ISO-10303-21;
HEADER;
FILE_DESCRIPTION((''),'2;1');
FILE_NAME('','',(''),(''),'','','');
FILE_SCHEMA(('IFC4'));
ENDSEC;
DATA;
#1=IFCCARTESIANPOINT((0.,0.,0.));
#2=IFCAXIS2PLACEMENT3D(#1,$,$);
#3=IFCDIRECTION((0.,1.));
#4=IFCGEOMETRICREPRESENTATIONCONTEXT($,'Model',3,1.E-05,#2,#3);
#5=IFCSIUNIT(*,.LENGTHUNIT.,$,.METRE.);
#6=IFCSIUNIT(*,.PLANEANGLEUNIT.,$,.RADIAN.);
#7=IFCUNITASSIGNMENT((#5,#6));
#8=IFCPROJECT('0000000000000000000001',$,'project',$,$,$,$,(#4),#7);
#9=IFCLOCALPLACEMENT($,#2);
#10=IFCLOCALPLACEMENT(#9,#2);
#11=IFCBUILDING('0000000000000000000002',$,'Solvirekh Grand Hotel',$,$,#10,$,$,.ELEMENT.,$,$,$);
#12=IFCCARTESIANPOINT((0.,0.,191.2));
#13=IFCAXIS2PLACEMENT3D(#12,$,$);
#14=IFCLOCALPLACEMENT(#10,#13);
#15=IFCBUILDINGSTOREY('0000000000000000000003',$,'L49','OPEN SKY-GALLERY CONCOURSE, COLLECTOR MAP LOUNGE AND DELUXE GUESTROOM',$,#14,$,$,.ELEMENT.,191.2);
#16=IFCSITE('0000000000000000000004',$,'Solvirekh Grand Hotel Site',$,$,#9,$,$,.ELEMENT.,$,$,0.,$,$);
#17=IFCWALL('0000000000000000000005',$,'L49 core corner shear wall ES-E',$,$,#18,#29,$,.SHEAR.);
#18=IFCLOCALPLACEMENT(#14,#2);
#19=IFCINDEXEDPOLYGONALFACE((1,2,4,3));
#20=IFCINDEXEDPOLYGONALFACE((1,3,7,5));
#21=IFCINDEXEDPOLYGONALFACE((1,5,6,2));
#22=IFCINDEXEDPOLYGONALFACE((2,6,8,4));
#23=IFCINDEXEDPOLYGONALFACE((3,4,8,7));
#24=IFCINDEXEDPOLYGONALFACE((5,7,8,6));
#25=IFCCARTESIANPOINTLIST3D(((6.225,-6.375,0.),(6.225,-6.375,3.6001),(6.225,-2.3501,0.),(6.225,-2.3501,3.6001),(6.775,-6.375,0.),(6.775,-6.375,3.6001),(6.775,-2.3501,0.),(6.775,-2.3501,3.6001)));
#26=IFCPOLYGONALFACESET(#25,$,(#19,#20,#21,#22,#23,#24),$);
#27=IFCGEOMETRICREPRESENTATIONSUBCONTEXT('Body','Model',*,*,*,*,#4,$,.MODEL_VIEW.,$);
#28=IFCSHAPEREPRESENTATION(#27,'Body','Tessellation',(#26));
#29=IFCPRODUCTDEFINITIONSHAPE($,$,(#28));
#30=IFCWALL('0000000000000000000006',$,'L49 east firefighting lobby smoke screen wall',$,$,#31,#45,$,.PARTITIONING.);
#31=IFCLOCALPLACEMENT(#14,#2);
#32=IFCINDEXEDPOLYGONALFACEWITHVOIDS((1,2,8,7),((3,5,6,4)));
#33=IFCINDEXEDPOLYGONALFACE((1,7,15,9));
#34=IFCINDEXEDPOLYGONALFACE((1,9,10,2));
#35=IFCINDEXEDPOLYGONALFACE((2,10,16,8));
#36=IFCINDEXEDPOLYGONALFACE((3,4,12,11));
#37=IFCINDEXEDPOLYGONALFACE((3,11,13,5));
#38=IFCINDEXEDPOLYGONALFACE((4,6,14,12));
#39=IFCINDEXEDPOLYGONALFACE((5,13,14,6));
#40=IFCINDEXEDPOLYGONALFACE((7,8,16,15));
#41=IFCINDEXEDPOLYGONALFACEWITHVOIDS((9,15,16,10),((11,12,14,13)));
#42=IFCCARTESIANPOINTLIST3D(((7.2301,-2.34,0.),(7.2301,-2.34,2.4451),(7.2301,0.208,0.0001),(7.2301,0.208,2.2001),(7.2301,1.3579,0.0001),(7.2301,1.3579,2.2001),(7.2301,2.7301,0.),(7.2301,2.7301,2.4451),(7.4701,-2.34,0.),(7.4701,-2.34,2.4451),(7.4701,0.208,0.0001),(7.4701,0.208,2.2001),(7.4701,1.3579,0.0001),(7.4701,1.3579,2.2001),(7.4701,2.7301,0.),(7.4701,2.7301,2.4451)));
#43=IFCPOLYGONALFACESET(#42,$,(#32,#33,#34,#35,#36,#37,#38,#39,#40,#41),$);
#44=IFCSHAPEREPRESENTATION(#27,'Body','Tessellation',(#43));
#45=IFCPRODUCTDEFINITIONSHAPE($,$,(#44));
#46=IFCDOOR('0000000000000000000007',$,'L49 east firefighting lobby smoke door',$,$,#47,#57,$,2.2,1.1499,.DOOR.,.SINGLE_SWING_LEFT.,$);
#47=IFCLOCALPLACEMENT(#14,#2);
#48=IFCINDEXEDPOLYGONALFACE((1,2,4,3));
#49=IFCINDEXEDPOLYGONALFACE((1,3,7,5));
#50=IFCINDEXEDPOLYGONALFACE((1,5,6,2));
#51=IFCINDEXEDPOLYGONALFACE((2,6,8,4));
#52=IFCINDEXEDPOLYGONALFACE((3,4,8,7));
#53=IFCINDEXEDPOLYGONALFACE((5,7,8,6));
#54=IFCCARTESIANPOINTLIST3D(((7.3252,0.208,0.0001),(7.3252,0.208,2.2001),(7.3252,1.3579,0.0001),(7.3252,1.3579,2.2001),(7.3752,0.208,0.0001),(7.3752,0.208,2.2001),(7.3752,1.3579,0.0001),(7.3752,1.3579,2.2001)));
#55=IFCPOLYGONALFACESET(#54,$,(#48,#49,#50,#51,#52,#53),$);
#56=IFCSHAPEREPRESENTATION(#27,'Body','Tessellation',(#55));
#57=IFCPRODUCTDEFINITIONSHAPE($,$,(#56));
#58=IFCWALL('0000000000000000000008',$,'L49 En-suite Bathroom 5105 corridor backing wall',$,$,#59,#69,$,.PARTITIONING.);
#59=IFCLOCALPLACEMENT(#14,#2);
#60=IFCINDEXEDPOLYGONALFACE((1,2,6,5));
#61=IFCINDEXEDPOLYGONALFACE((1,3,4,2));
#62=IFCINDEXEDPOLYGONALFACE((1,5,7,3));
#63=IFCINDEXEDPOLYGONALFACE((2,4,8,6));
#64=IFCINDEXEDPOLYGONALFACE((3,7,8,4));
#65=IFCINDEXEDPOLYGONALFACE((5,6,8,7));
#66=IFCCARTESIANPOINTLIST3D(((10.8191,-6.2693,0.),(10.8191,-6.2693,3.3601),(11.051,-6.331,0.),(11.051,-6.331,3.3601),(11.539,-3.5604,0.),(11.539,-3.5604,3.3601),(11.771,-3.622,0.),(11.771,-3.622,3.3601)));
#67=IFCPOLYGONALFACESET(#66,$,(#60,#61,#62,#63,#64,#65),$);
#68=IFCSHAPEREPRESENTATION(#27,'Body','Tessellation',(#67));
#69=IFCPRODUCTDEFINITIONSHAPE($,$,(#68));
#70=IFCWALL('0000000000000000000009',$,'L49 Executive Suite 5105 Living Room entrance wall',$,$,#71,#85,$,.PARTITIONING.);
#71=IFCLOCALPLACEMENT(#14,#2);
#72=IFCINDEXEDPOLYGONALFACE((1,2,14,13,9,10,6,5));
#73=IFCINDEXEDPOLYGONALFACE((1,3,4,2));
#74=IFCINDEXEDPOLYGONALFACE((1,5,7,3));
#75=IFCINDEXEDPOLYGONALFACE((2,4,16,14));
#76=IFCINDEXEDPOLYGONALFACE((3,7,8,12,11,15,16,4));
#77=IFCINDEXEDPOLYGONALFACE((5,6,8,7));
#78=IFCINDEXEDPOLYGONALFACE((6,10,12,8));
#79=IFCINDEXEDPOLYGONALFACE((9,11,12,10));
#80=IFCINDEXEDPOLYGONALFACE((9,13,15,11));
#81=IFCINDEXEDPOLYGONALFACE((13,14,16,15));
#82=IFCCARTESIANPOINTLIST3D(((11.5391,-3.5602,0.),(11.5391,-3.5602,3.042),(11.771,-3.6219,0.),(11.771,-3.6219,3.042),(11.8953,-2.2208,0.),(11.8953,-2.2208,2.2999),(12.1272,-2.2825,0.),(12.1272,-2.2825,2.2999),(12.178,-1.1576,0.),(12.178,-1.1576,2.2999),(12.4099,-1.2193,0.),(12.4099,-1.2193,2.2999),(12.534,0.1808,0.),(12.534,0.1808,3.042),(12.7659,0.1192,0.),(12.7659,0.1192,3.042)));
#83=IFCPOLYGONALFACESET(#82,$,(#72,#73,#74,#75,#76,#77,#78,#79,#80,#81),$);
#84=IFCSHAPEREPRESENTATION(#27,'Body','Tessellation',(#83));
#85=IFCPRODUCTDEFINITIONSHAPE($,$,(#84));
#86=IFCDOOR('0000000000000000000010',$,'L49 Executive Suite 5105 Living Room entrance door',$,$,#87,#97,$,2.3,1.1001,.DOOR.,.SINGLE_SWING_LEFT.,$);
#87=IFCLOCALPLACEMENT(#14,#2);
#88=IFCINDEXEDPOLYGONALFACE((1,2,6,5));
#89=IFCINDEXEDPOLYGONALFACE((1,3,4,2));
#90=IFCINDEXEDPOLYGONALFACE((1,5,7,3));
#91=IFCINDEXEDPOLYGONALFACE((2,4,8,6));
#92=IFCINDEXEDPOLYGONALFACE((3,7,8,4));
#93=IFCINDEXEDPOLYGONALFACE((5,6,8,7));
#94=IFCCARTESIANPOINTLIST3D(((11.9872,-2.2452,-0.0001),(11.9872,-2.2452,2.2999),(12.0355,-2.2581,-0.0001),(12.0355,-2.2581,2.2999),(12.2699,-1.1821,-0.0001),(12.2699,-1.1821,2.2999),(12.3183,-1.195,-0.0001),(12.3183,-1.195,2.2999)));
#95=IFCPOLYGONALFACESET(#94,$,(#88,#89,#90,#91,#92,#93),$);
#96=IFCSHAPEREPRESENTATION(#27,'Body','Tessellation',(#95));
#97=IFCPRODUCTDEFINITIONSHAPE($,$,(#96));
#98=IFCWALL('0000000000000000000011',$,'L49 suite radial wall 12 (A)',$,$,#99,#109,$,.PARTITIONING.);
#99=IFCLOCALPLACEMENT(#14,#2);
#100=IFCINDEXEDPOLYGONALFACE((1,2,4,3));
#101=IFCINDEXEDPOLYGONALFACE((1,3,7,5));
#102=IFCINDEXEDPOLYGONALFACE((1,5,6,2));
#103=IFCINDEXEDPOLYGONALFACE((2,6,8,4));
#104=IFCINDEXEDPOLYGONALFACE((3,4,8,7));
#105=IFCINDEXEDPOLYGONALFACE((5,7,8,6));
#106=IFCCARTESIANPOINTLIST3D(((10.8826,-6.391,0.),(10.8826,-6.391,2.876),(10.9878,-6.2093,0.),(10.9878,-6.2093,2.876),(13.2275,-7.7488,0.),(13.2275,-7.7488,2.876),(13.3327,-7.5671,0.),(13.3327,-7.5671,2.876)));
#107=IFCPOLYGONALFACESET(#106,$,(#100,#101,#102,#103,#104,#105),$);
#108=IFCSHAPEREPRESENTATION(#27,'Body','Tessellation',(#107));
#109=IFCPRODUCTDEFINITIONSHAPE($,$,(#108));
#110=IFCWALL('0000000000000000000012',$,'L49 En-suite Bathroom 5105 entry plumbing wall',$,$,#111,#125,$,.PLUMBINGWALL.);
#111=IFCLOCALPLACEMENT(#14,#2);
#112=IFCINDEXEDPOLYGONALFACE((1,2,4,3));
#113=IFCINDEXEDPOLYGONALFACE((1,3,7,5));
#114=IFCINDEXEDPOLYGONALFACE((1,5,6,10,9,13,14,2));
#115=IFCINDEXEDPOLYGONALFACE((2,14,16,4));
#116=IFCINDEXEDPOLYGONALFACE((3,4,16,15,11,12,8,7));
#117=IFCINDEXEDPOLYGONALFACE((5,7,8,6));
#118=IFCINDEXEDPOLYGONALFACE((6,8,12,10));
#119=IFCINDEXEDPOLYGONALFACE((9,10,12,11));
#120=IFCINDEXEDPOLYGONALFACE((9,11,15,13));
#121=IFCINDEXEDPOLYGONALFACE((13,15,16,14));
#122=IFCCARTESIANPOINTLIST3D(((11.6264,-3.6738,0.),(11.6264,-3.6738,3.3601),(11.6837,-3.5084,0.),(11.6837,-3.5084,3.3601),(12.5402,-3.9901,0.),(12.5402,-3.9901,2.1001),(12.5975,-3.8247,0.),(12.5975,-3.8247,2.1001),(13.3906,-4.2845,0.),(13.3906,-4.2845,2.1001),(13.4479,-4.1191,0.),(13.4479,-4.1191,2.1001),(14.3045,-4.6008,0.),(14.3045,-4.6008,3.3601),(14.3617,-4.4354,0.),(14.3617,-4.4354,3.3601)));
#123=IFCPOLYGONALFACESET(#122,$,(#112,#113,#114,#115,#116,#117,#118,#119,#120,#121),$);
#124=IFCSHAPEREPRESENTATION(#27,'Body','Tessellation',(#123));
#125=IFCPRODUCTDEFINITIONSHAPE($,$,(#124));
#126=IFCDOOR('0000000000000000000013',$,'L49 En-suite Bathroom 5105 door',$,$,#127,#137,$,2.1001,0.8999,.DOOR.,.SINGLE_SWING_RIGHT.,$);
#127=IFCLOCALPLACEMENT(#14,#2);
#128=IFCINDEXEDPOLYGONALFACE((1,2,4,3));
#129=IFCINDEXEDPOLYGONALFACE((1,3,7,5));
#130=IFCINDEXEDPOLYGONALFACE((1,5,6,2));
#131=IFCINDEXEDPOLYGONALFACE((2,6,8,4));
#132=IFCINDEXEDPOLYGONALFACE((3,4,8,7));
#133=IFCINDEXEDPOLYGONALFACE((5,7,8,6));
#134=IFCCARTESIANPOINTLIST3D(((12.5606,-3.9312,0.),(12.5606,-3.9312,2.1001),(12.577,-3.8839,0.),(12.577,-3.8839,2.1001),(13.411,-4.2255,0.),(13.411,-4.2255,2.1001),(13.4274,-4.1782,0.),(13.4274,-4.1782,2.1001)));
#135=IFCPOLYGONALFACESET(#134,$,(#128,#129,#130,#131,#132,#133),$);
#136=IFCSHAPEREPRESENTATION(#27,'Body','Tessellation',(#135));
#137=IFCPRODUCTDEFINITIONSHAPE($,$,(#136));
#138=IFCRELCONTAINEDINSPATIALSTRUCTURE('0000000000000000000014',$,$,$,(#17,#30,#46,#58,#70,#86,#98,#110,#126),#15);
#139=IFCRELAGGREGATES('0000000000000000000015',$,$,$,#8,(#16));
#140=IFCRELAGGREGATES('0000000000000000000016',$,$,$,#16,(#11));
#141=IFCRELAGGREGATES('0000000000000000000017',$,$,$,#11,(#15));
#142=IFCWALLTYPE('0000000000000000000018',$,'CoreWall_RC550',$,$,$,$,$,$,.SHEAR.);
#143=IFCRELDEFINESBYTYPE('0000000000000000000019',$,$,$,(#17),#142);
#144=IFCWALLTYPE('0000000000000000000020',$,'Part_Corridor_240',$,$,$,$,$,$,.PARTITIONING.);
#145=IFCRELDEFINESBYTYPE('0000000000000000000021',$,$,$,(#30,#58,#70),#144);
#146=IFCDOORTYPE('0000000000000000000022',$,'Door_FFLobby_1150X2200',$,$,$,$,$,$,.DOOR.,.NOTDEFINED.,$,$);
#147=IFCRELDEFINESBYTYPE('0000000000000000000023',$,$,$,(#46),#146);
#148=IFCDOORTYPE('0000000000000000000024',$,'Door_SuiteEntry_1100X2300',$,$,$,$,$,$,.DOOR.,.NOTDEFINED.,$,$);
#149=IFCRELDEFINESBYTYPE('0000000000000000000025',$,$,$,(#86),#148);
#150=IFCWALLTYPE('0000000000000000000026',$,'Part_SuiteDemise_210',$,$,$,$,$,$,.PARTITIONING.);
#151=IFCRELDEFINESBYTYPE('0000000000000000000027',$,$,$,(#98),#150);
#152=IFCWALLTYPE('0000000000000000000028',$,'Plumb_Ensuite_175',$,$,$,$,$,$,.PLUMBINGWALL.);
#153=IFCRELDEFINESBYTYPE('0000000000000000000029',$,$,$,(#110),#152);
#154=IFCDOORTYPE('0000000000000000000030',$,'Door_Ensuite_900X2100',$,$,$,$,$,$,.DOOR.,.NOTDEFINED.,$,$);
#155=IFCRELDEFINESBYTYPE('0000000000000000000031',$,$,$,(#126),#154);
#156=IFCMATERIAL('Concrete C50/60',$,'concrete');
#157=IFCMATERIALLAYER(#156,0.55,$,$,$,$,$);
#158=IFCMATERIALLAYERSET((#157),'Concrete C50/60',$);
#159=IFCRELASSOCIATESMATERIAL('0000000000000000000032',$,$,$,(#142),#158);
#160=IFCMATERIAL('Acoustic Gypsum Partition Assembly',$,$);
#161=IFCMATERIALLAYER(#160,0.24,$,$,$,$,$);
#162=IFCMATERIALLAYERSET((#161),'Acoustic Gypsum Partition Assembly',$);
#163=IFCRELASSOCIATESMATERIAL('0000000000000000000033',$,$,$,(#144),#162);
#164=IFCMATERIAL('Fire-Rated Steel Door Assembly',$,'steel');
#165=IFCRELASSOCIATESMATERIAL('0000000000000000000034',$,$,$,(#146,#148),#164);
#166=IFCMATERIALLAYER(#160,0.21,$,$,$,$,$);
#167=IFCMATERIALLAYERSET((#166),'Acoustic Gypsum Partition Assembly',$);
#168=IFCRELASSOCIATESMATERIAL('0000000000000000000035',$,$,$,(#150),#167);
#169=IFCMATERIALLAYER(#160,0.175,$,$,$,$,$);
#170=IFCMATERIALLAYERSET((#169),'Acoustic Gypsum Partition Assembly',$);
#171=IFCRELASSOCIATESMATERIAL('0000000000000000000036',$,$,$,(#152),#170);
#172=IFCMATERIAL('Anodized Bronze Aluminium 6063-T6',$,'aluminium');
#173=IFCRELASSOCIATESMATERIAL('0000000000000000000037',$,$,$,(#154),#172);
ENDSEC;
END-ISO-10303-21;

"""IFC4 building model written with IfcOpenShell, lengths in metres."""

from ifc_helpers import new_model, si_unit, direction, frame, frame_2d, origin, place, context, subcontext, project, spatial, rectangle, extrude, material, layer, layer_set, type_object, element, fill, save


model = new_model("IFC4")

# Units and contexts
model_context = context("Model", 3, precision=1e-05, world=origin(), true_north=direction((0.0, 1.0)))
body_context = subcontext(model_context, "Body", "Model", "MODEL_VIEW")
ifc_project = project(units=[si_unit("LENGTHUNIT", "METRE"), si_unit("PLANEANGLEUNIT", "RADIAN")], contexts=[model_context])

# Site, building, storey
site_placement = place(None, origin())
site = spatial("IfcSite", under=ifc_project, at=site_placement, Name="Solvirekh Grand Hotel Site", CompositionType="ELEMENT", RefElevation=0.0)
building_placement = place(site_placement, origin())
building = spatial("IfcBuilding", under=site, at=building_placement, Name="Solvirekh Grand Hotel", CompositionType="ELEMENT")
storey_placement = place(building_placement, frame((0.0, 0.0, 191.2)))
storey = spatial("IfcBuildingStorey", under=building, at=storey_placement, Name="L49", Description="OPEN SKY-GALLERY CONCOURSE, COLLECTOR MAP LOUNGE AND DELUXE GUESTROOM", CompositionType="ELEMENT", Elevation=191.2)

# Shared definitions
ifc_material_1 = material(Name="Concrete C50/60", Category="concrete")

# Shared definitions
ifc_material_2 = material(Name="Anodized Bronze Aluminium 6063-T6", Category="aluminium")

# Wall
ifc_layer_1 = layer(ifc_material_1, 0.55)
ifc_layer_set_1 = layer_set([ifc_layer_1], Name="Concrete C50/60")
wall_type_1 = type_object("IfcWallType", Name="CoreWall_RC550", PredefinedType="SHEAR", material=ifc_layer_set_1)
wall_1_placement = place(storey_placement, frame((6.5, -6.375, 0.0), z_axis=(0.0, 0.0, 1.0), x_axis=(0.0, 1.0, 0.0)))
element("IfcWall", 1, at=wall_1_placement, inside=storey, type_object=wall_type_1, Name="L49 core corner shear wall ES-E", PredefinedType="SHEAR", context=body_context, shape_type="SweptSolid", body=[
    extrude(rectangle(XDim=4.0249, YDim=0.55, at=frame_2d((2.0125, 0.0))), origin(), (0.0, 0.0, 1.0), 3.6001),
])

# Wall, opening, door
ifc_material_3 = material(Name="Acoustic Gypsum Partition Assembly")
ifc_layer_2 = layer(ifc_material_3, 0.24)
ifc_layer_set_2 = layer_set([ifc_layer_2], Name="Acoustic Gypsum Partition Assembly")
wall_type_2 = type_object("IfcWallType", Name="Part_Corridor_240", PredefinedType="PARTITIONING", material=ifc_layer_set_2)
wall_2_placement = place(storey_placement, frame((7.3501, -2.3401, 0.0), z_axis=(0.0, 0.0, 1.0), x_axis=(0.0, 1.0, 0.0)))
wall_2 = element("IfcWall", 2, at=wall_2_placement, inside=storey, type_object=wall_type_2, Name="L49 east firefighting lobby smoke screen wall", PredefinedType="PARTITIONING", context=body_context, shape_type="SweptSolid", body=[
    extrude(rectangle(XDim=5.0701, YDim=0.24, at=frame_2d((2.5352, 0.0))), origin(), (0.0, 0.0, 1.0), 2.4451),
])
opening_1_placement = place(wall_2_placement, frame((2.5481, 0.0, 0.0)))
opening_1 = element("IfcOpeningElement", 3, at=opening_1_placement, cuts=wall_2, PredefinedType="OPENING", context=body_context, shape_type="SweptSolid", body=[
    extrude(rectangle(XDim=1.1499, YDim=2.2, at=frame_2d((0.575, 1.1001))), frame((0.0, 0.1299, 0.0), z_axis=(0.0, -1.0, 0.0), x_axis=(1.0, 0.0, 0.0)), (0.0, 0.0, 1.0), 0.26),
])
ifc_material_4 = material(Name="Fire-Rated Steel Door Assembly", Category="steel")
door_type_1 = type_object("IfcDoorType", Name="Door_FFLobby_1150X2200", OperationType="NOTDEFINED", PredefinedType="DOOR", material=ifc_material_4)
door_1_placement = place(opening_1_placement, origin())
door_1 = element("IfcDoor", 4, at=door_1_placement, inside=storey, type_object=door_type_1, Name="L49 east firefighting lobby smoke door", OperationType="SINGLE_SWING_LEFT", OverallHeight=2.2, OverallWidth=1.1499, PredefinedType="DOOR", context=body_context, shape_type="SweptSolid", body=[
    extrude(rectangle(XDim=1.1499, YDim=2.2, at=frame_2d((0.575, 1.1001))), frame((0.0, 0.0249, 0.0), z_axis=(0.0, -1.0, 0.0), x_axis=(1.0, 0.0, 0.0)), (0.0, 0.0, 1.0), 0.05),
])
fill(opening_1, door_1)

# Wall
wall_3_placement = place(storey_placement, frame((10.9351, -6.3, 0.0), z_axis=(0.0, 0.0, 1.0), x_axis=(0.256855, 0.96645, 0.0)))
element("IfcWall", 5, at=wall_3_placement, inside=storey, type_object=wall_type_2, Name="L49 En-suite Bathroom 5105 corridor backing wall", PredefinedType="PARTITIONING", context=body_context, shape_type="SweptSolid", body=[
    extrude(rectangle(XDim=2.803, YDim=0.24, at=frame_2d((1.4014, 0.0))), origin(), (0.0, 0.0, 1.0), 3.3601),
])

# Wall, opening, door
wall_4_placement = place(storey_placement, frame((11.655, -3.5911, 0.0), z_axis=(0.0, 0.0, 1.0), x_axis=(0.257007, 0.96641, 0.0)))
wall_4 = element("IfcWall", 6, at=wall_4_placement, inside=storey, type_object=wall_type_2, Name="L49 Executive Suite 5105 Living Room entrance wall", PredefinedType="PARTITIONING", context=body_context, shape_type="SweptSolid", body=[
    extrude(rectangle(XDim=3.8711, YDim=0.24, at=frame_2d((1.9355, 0.0))), origin(), (0.0, 0.0, 1.0), 3.042),
])
opening_2_placement = place(wall_4_placement, frame((1.386, 0.0, 0.0)))
opening_2 = element("IfcOpeningElement", 7, at=opening_2_placement, cuts=wall_4, PredefinedType="OPENING", context=body_context, shape_type="SweptSolid", body=[
    extrude(rectangle(XDim=1.1001, YDim=2.3, at=frame_2d((0.55, 1.1499))), frame((0.0, 0.1299, 0.0), z_axis=(0.0, -1.0, 0.0), x_axis=(1.0, 0.0, 0.0)), (0.0, 0.0, 1.0), 0.26),
])
door_type_2 = type_object("IfcDoorType", Name="Door_SuiteEntry_1100X2300", OperationType="NOTDEFINED", PredefinedType="DOOR", material=ifc_material_4)
door_2_placement = place(opening_2_placement, origin())
door_2 = element("IfcDoor", 8, at=door_2_placement, inside=storey, type_object=door_type_2, Name="L49 Executive Suite 5105 Living Room entrance door", OperationType="SINGLE_SWING_LEFT", OverallHeight=2.3, OverallWidth=1.1001, PredefinedType="DOOR", context=body_context, shape_type="SweptSolid", body=[
    extrude(rectangle(XDim=1.1001, YDim=2.3, at=frame_2d((0.55, 1.1499))), frame((0.0, 0.0249, 0.0), z_axis=(0.0, -1.0, 0.0), x_axis=(1.0, 0.0, 0.0)), (0.0, 0.0, 1.0), 0.05),
])
fill(opening_2, door_2)

# Wall
ifc_layer_3 = layer(ifc_material_3, 0.21)
ifc_layer_set_3 = layer_set([ifc_layer_3], Name="Acoustic Gypsum Partition Assembly")
wall_type_3 = type_object("IfcWallType", Name="Part_SuiteDemise_210", PredefinedType="PARTITIONING", material=ifc_layer_set_3)
wall_5_placement = place(storey_placement, frame((10.9351, -6.3, 0.0), z_axis=(0.0, 0.0, 1.0), x_axis=(0.865379, -0.501118, 0.0)))
element("IfcWall", 9, at=wall_5_placement, inside=storey, type_object=wall_type_3, Name="L49 suite radial wall 12 (A)", PredefinedType="PARTITIONING", context=body_context, shape_type="SweptSolid", body=[
    extrude(rectangle(XDim=2.7097, YDim=0.21, at=frame_2d((1.355, 0.0))), origin(), (0.0, 0.0, 1.0), 2.876),
])

# Wall, opening, door
ifc_layer_4 = layer(ifc_material_3, 0.175)
ifc_layer_set_4 = layer_set([ifc_layer_4], Name="Acoustic Gypsum Partition Assembly")
wall_type_4 = type_object("IfcWallType", Name="Plumb_Ensuite_175", PredefinedType="PLUMBINGWALL", material=ifc_layer_set_4)
wall_6_placement = place(storey_placement, frame((11.655, -3.5911, 0.0), z_axis=(0.0, 0.0, 1.0), x_axis=(0.944985, -0.327114, 0.0)))
wall_6 = element("IfcWall", 10, at=wall_6_placement, inside=storey, type_object=wall_type_4, Name="L49 En-suite Bathroom 5105 entry plumbing wall", PredefinedType="PLUMBINGWALL", context=body_context, shape_type="SweptSolid", body=[
    extrude(rectangle(XDim=2.834, YDim=0.175, at=frame_2d((1.417, 0.0))), origin(), (0.0, 0.0, 1.0), 3.3601),
])
opening_3_placement = place(wall_6_placement, frame((0.967, 0.0, 0.0)))
opening_3 = element("IfcOpeningElement", 11, at=opening_3_placement, cuts=wall_6, PredefinedType="OPENING", context=body_context, shape_type="SweptSolid", body=[
    extrude(rectangle(XDim=0.8999, YDim=2.1001, at=frame_2d((0.45, 1.05))), frame((0.0, 0.0977, 0.0), z_axis=(0.0, -1.0, 0.0), x_axis=(1.0, 0.0, 0.0)), (0.0, 0.0, 1.0), 0.1951),
])
door_type_3 = type_object("IfcDoorType", Name="Door_Ensuite_900X2100", OperationType="NOTDEFINED", PredefinedType="DOOR", material=ifc_material_2)
door_3_placement = place(opening_3_placement, origin())
door_3 = element("IfcDoor", 12, at=door_3_placement, inside=storey, type_object=door_type_3, Name="L49 En-suite Bathroom 5105 door", OperationType="SINGLE_SWING_RIGHT", OverallHeight=2.1001, OverallWidth=0.8999, PredefinedType="DOOR", context=body_context, shape_type="SweptSolid", body=[
    extrude(rectangle(XDim=0.8999, YDim=2.1001, at=frame_2d((0.45, 1.05))), frame((0.0, 0.0249, 0.0), z_axis=(0.0, -1.0, 0.0), x_axis=(1.0, 0.0, 0.0)), (0.0, 0.0, 1.0), 0.05),
])
fill(opening_3, door_3)

save(model, "model.ifc")
